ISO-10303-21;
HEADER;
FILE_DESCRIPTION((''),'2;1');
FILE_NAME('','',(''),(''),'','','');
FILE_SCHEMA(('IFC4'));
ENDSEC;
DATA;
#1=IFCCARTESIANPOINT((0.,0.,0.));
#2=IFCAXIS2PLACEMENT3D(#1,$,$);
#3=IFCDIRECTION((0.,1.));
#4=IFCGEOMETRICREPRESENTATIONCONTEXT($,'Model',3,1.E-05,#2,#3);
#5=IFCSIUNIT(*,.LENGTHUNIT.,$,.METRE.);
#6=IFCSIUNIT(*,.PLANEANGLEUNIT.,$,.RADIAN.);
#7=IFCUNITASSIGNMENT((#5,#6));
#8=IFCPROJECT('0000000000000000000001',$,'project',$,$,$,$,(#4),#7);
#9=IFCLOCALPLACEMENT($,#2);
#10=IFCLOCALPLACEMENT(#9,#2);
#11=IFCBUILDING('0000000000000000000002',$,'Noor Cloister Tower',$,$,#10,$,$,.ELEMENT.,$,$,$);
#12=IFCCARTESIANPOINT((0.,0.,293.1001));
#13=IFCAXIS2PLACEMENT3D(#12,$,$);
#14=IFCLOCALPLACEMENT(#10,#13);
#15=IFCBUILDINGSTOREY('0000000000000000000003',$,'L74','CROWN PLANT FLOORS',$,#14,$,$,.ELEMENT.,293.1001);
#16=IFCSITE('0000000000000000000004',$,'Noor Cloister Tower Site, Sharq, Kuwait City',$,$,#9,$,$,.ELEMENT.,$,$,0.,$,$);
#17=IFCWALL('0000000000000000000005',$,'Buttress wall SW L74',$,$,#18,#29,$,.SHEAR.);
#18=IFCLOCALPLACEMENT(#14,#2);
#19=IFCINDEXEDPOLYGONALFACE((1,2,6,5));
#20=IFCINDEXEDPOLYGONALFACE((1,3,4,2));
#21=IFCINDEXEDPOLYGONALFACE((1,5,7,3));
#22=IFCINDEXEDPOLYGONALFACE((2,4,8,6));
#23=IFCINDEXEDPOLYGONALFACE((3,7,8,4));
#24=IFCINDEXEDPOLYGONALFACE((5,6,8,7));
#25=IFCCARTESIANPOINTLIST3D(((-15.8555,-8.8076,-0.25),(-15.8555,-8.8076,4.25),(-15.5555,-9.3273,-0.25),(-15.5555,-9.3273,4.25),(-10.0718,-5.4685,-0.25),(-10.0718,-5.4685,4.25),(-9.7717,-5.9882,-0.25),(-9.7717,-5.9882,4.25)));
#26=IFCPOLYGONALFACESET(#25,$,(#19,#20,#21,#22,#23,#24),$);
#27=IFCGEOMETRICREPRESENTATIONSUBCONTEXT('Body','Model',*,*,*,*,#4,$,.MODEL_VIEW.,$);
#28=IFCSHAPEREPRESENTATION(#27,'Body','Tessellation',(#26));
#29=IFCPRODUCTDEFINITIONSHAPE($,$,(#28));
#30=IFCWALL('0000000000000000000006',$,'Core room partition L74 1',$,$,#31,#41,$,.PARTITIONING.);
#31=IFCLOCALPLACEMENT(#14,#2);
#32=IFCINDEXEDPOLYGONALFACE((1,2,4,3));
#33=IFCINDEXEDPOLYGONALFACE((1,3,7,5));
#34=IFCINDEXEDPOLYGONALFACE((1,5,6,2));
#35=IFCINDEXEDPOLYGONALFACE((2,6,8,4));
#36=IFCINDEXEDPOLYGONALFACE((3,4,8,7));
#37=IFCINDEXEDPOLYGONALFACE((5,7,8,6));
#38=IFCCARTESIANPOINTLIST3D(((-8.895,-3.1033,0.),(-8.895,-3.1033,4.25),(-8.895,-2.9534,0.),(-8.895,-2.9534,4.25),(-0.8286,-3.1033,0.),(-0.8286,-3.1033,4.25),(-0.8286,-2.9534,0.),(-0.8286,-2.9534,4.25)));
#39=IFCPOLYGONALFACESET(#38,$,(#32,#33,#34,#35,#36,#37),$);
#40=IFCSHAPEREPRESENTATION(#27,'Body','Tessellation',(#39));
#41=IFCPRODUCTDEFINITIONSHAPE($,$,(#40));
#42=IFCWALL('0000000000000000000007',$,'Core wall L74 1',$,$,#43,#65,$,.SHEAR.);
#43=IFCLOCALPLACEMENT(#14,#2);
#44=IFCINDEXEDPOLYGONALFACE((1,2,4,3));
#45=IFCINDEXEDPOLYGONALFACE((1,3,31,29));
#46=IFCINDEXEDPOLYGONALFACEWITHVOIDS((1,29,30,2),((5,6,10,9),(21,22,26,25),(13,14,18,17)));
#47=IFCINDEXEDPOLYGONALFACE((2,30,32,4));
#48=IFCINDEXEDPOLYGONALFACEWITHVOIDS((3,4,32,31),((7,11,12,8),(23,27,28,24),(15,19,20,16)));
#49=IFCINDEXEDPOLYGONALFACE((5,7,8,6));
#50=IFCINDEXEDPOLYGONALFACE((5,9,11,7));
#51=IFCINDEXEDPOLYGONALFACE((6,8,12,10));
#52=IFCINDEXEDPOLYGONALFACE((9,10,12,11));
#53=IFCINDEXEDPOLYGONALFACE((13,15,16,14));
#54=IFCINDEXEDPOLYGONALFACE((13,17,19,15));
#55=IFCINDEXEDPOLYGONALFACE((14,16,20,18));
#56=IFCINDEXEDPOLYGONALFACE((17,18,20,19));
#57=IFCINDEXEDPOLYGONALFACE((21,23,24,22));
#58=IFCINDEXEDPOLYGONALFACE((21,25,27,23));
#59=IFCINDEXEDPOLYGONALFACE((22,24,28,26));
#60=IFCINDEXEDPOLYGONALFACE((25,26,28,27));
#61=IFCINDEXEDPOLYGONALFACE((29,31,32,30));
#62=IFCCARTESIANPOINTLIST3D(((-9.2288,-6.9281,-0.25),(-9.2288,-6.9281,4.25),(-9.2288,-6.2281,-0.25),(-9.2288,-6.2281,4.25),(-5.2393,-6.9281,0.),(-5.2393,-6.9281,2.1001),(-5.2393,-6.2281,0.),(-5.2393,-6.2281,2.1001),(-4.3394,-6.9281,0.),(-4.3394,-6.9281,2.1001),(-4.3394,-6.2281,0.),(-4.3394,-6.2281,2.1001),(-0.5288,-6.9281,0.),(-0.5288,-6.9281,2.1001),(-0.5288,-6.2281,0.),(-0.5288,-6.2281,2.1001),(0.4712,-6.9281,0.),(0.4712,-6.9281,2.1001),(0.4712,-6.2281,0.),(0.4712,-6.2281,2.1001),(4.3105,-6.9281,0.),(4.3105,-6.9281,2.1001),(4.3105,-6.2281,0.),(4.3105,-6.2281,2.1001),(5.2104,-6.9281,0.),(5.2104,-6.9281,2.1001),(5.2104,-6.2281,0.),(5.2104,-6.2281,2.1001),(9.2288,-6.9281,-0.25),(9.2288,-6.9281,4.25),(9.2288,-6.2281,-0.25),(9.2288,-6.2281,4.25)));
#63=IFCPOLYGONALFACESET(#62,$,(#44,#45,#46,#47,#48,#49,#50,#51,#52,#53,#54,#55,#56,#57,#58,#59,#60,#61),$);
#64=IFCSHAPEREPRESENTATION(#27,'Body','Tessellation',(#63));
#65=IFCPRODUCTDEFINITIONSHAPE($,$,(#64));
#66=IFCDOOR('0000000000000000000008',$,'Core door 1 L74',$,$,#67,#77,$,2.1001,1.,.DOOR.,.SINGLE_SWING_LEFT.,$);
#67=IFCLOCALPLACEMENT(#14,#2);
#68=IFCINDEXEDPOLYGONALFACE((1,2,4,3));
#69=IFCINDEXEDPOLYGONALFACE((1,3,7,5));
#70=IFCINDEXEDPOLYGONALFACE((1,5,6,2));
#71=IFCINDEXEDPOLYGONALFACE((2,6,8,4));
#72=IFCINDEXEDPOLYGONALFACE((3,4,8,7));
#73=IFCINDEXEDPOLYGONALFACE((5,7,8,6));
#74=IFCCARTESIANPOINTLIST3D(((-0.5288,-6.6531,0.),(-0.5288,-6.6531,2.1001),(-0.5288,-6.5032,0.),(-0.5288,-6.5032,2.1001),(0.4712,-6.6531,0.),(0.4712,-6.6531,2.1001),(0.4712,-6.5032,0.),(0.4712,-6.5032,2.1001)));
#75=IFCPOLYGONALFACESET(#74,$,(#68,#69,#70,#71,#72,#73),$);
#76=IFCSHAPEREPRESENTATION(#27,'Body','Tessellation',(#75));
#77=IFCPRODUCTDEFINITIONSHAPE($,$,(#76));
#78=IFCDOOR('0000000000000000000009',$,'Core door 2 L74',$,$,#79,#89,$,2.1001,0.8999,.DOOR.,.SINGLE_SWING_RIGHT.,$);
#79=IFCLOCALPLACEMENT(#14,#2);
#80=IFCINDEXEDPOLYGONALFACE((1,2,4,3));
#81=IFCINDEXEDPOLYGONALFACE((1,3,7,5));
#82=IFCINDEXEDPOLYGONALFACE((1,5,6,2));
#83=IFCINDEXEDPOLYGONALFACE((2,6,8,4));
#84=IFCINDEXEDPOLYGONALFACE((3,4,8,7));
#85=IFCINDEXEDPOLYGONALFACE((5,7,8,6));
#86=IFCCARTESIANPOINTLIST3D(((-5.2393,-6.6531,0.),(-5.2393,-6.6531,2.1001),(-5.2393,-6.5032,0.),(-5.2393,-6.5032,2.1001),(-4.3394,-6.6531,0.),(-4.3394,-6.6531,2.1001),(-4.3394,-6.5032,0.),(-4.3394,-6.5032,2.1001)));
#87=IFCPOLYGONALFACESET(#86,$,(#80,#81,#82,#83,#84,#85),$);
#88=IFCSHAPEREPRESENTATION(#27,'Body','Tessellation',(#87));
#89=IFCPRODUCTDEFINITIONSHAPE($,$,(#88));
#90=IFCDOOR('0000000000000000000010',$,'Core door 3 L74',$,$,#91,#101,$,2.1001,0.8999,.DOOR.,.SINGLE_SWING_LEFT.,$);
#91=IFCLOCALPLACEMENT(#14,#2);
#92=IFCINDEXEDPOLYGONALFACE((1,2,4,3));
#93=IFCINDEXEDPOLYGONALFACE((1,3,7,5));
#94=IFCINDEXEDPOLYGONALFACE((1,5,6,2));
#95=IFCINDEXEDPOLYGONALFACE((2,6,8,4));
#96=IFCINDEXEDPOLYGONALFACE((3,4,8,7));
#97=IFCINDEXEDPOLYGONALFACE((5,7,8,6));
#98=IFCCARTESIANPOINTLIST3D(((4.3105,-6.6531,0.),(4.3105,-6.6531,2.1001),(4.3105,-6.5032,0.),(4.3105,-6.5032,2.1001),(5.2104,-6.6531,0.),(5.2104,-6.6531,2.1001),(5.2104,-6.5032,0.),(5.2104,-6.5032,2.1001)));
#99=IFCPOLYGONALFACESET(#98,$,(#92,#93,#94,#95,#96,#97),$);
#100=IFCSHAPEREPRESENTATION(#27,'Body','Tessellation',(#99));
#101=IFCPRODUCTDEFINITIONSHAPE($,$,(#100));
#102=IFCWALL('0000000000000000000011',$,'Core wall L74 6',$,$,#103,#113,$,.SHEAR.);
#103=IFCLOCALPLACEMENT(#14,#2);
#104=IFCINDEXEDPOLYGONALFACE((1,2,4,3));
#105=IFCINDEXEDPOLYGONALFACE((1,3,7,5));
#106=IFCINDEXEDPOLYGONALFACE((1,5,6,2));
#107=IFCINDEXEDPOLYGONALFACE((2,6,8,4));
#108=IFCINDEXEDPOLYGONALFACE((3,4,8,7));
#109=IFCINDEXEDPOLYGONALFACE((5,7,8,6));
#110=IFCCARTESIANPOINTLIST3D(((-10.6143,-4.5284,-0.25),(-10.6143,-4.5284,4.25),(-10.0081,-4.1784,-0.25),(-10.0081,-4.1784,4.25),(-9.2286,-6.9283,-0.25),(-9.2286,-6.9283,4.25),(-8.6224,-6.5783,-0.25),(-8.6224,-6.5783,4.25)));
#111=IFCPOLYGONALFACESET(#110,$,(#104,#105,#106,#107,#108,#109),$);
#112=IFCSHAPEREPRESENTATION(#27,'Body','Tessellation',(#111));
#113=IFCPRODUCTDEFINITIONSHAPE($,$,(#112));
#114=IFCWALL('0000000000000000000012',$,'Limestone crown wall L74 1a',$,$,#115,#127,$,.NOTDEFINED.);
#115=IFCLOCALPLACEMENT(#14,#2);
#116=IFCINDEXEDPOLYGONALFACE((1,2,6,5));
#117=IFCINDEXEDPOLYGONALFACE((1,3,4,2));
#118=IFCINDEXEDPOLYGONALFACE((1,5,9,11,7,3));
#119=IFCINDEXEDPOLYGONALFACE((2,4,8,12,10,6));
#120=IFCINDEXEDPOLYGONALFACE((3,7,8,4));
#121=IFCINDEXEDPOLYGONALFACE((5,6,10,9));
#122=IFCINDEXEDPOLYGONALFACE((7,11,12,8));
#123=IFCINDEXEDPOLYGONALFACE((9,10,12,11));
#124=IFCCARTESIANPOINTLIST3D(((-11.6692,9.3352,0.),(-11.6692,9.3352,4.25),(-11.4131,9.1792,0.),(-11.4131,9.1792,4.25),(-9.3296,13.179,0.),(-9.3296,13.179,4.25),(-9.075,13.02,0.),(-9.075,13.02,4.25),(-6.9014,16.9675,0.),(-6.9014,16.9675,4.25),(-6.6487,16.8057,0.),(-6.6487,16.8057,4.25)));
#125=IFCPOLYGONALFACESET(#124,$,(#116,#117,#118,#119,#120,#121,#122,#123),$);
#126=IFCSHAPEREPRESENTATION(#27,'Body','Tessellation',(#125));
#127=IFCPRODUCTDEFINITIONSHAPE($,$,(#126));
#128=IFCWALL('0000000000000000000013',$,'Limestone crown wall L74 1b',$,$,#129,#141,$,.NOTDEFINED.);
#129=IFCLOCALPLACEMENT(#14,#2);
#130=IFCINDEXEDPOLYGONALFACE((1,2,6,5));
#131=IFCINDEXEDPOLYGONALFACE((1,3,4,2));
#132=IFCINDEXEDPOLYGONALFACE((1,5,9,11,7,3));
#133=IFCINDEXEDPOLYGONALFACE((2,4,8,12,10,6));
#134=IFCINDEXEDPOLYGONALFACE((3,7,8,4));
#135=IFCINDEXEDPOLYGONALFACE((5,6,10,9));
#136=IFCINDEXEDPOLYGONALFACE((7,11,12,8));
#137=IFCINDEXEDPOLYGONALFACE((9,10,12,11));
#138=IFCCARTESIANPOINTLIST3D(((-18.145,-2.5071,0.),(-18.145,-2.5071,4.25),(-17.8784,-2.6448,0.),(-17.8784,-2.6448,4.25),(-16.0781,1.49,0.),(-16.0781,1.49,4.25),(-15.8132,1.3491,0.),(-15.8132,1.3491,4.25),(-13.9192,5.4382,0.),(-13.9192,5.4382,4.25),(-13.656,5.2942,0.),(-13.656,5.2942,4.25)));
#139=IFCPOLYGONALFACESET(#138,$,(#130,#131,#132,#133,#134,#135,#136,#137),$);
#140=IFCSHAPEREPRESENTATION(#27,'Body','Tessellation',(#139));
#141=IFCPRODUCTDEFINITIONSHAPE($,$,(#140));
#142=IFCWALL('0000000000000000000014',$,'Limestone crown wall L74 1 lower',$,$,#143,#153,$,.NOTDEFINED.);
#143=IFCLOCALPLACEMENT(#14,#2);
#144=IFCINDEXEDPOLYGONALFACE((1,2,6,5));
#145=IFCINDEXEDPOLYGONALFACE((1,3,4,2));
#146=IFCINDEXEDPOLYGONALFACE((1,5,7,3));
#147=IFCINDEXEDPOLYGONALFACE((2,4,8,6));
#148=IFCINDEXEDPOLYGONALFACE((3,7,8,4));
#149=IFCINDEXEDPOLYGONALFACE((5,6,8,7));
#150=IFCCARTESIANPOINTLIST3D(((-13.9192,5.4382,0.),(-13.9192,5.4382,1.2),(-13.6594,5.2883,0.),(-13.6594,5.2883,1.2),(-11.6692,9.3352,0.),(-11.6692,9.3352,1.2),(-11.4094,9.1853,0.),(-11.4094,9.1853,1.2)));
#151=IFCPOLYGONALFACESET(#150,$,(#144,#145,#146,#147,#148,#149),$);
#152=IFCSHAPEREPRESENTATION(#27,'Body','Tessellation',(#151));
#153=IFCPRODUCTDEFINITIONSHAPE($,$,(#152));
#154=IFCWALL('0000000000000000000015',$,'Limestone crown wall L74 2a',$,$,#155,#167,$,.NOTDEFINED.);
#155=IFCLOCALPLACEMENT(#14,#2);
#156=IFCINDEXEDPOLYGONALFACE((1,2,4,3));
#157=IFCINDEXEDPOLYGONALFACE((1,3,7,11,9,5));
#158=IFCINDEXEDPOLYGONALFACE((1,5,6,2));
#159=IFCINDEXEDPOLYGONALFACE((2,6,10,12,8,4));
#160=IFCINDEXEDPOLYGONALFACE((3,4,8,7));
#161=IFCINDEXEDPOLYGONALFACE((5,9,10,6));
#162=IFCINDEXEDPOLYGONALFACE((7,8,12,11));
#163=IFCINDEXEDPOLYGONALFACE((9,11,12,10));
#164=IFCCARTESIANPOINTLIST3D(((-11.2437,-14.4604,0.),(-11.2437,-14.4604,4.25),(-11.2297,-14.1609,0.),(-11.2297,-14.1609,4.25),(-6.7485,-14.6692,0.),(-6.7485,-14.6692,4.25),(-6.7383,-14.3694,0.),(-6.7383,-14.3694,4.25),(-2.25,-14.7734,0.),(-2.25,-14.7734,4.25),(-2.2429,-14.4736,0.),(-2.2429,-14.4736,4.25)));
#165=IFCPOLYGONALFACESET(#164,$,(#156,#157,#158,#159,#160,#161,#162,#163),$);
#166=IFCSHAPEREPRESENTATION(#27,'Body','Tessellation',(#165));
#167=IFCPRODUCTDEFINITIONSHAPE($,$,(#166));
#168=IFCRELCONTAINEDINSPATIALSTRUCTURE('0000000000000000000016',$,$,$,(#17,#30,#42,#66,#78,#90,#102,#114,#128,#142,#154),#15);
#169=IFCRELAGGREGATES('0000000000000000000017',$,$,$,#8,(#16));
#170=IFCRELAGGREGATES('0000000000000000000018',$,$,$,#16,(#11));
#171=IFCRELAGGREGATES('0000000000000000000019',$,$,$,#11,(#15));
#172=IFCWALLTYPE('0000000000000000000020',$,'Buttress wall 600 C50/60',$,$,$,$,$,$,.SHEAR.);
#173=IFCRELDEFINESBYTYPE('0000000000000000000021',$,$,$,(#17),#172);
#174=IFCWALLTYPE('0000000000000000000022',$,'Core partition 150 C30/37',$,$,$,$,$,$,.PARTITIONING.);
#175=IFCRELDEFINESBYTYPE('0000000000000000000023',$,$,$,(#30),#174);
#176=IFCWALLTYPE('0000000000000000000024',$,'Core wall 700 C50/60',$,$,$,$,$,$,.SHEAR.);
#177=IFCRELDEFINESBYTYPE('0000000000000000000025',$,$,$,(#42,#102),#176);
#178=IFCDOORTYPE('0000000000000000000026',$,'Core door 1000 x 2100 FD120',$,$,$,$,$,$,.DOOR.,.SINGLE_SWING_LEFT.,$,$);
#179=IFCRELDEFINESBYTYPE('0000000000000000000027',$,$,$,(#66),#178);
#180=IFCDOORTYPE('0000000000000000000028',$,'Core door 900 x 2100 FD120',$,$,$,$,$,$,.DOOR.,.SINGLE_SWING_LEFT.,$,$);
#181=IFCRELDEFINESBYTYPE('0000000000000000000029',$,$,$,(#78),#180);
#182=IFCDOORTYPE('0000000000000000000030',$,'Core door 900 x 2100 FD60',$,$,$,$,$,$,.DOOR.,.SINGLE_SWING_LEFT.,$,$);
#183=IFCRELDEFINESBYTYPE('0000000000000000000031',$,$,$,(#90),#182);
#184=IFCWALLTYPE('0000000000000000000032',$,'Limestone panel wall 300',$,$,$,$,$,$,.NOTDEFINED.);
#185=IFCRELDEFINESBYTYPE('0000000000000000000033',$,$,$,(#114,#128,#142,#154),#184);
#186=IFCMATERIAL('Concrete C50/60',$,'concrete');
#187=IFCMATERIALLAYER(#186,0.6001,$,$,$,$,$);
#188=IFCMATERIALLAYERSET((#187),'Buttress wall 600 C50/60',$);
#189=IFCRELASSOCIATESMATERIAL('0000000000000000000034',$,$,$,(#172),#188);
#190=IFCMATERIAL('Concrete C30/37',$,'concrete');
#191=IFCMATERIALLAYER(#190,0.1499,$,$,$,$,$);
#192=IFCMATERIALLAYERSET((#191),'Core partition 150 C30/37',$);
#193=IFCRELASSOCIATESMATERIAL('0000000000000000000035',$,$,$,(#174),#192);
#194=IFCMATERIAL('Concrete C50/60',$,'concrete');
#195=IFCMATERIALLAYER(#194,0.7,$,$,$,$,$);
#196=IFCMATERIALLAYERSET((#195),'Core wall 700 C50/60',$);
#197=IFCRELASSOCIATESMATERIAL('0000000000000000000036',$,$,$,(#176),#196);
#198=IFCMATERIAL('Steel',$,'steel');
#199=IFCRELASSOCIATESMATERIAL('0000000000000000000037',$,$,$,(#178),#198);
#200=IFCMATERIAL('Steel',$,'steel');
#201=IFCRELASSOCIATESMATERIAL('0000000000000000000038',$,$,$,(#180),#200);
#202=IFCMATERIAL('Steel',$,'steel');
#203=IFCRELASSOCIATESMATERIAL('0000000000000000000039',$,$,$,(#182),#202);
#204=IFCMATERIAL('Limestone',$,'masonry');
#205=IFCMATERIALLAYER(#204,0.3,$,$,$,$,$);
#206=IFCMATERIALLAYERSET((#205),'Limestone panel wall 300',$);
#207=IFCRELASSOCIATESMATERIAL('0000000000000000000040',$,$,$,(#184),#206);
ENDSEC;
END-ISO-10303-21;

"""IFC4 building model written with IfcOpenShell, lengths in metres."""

from ifc_helpers import new_model, si_unit, direction, frame, frame_2d, origin, place, context, subcontext, project, spatial, polyline, rectangle, outline, extrude, material, layer, layer_set, type_object, element, fill, save


model = new_model("IFC4")

# Units and contexts
model_context = context("Model", 3, precision=1e-05, world=origin(), true_north=direction((0.0, 1.0)))
body_context = subcontext(model_context, "Body", "Model", "MODEL_VIEW")
ifc_project = project(units=[si_unit("LENGTHUNIT", "METRE"), si_unit("PLANEANGLEUNIT", "RADIAN")], contexts=[model_context])

# Site, building, storey
site_placement = place(None, origin())
site = spatial("IfcSite", under=ifc_project, at=site_placement, Name="Noor Cloister Tower Site, Sharq, Kuwait City", CompositionType="ELEMENT", RefElevation=0.0)
building_placement = place(site_placement, origin())
building = spatial("IfcBuilding", under=site, at=building_placement, Name="Noor Cloister Tower", CompositionType="ELEMENT")
storey_placement = place(building_placement, frame((0.0, 0.0, 293.1001)))
storey = spatial("IfcBuildingStorey", under=building, at=storey_placement, Name="L74", Description="CROWN PLANT FLOORS", CompositionType="ELEMENT", Elevation=293.1001)

# Walls
ifc_material_1 = material(Name="Concrete C50/60", Category="concrete")
ifc_layer_1 = layer(ifc_material_1, 0.6001)
ifc_layer_set_1 = layer_set([ifc_layer_1], Name="Buttress wall 600 C50/60")
wall_type_1 = type_object("IfcWallType", Name="Buttress wall 600 C50/60", PredefinedType="SHEAR", material=ifc_layer_set_1)
wall_1_placement = place(storey_placement, frame((-9.9216, -5.7283, -0.25), z_axis=(0.0, 0.0, 1.0), x_axis=(-0.866032, -0.499988, 0.0)))
element("IfcWall", 1, at=wall_1_placement, inside=storey, type_object=wall_type_1, Name="Buttress wall SW L74", PredefinedType="SHEAR", context=body_context, shape_type="SweptSolid", body=[
    extrude(rectangle(XDim=6.6785, YDim=0.6001, at=frame_2d((3.3394, 0.0))), origin(), (0.0, 0.0, 1.0), 4.5),
])
ifc_material_2 = material(Name="Concrete C30/37", Category="concrete")
ifc_layer_2 = layer(ifc_material_2, 0.1499)
ifc_layer_set_2 = layer_set([ifc_layer_2], Name="Core partition 150 C30/37")
wall_type_2 = type_object("IfcWallType", Name="Core partition 150 C30/37", PredefinedType="PARTITIONING", material=ifc_layer_set_2)
wall_2_placement = place(storey_placement, frame((-8.895, -3.0283, 0.0), z_axis=(0.0, 0.0, 1.0), x_axis=(1.0, 0.0, 0.0)))
element("IfcWall", 2, at=wall_2_placement, inside=storey, type_object=wall_type_2, Name="Core room partition L74 1", PredefinedType="PARTITIONING", context=body_context, shape_type="SweptSolid", body=[
    extrude(rectangle(XDim=8.0664, YDim=0.1499, at=frame_2d((4.0332, 0.0))), origin(), (0.0, 0.0, 1.0), 4.25),
])

# Wall, openings, doors
ifc_material_3 = material(Name="Concrete C50/60", Category="concrete")
ifc_layer_3 = layer(ifc_material_3, 0.7)
ifc_layer_set_3 = layer_set([ifc_layer_3], Name="Core wall 700 C50/60")
wall_type_3 = type_object("IfcWallType", Name="Core wall 700 C50/60", PredefinedType="SHEAR", material=ifc_layer_set_3)
wall_3_placement = place(storey_placement, frame((-9.2288, -6.5781, -0.25), z_axis=(0.0, 0.0, 1.0), x_axis=(1.0, 0.0, 0.0)))
wall_3 = element("IfcWall", 3, at=wall_3_placement, inside=storey, type_object=wall_type_3, Name="Core wall L74 1", PredefinedType="SHEAR", context=body_context, shape_type="SweptSolid", body=[
    extrude(rectangle(XDim=18.4575, YDim=0.7, at=frame_2d((9.2288, 0.0))), origin(), (0.0, 0.0, 1.0), 4.5),
])
opening_1_placement = place(wall_3_placement, frame((8.7, 0.0, 0.25)))
opening_1 = element("IfcOpeningElement", 4, at=opening_1_placement, cuts=wall_3, PredefinedType="OPENING", context=body_context, shape_type="SweptSolid", body=[
    extrude(rectangle(XDim=1.0, YDim=2.1001, at=frame_2d((0.5, 1.05))), frame((0.0, 0.3599, 0.0), z_axis=(0.0, -1.0, 0.0), x_axis=(1.0, 0.0, 0.0)), (0.0, 0.0, 1.0), 0.72),
])
opening_2_placement = place(wall_3_placement, frame((3.9895, 0.0, 0.25)))
opening_2 = element("IfcOpeningElement", 5, at=opening_2_placement, cuts=wall_3, PredefinedType="OPENING", context=body_context, shape_type="SweptSolid", body=[
    extrude(rectangle(XDim=0.8999, YDim=2.1001, at=frame_2d((0.45, 1.05))), frame((0.0, 0.3599, 0.0), z_axis=(0.0, -1.0, 0.0), x_axis=(1.0, 0.0, 0.0)), (0.0, 0.0, 1.0), 0.72),
])
opening_3_placement = place(wall_3_placement, frame((13.5393, 0.0, 0.25)))
opening_3 = element("IfcOpeningElement", 6, at=opening_3_placement, cuts=wall_3, PredefinedType="OPENING", context=body_context, shape_type="SweptSolid", body=[
    extrude(rectangle(XDim=0.8999, YDim=2.1001, at=frame_2d((0.45, 1.05))), frame((0.0, 0.3599, 0.0), z_axis=(0.0, -1.0, 0.0), x_axis=(1.0, 0.0, 0.0)), (0.0, 0.0, 1.0), 0.72),
])
ifc_material_4 = material(Name="Steel", Category="steel")
door_type_1 = type_object("IfcDoorType", Name="Core door 1000 x 2100 FD120", OperationType="SINGLE_SWING_LEFT", PredefinedType="DOOR", material=ifc_material_4)
door_1_placement = place(opening_1_placement, origin())
door_1 = element("IfcDoor", 7, at=door_1_placement, inside=storey, type_object=door_type_1, Name="Core door 1 L74", OperationType="SINGLE_SWING_LEFT", OverallHeight=2.1001, OverallWidth=1.0, PredefinedType="DOOR", context=body_context, shape_type="SweptSolid", body=[
    extrude(rectangle(XDim=1.0, YDim=2.1001, at=frame_2d((0.5, 1.05))), frame((0.0, 0.075, 0.0), z_axis=(0.0, -1.0, 0.0), x_axis=(1.0, 0.0, 0.0)), (0.0, 0.0, 1.0), 0.1499),
])
fill(opening_1, door_1)
ifc_material_5 = material(Name="Steel", Category="steel")
door_type_2 = type_object("IfcDoorType", Name="Core door 900 x 2100 FD120", OperationType="SINGLE_SWING_LEFT", PredefinedType="DOOR", material=ifc_material_5)
door_2_placement = place(opening_2_placement, origin())
door_2 = element("IfcDoor", 8, at=door_2_placement, inside=storey, type_object=door_type_2, Name="Core door 2 L74", OperationType="SINGLE_SWING_RIGHT", OverallHeight=2.1001, OverallWidth=0.8999, PredefinedType="DOOR", context=body_context, shape_type="SweptSolid", body=[
    extrude(rectangle(XDim=0.8999, YDim=2.1001, at=frame_2d((0.45, 1.05))), frame((0.0, 0.075, 0.0), z_axis=(0.0, -1.0, 0.0), x_axis=(1.0, 0.0, 0.0)), (0.0, 0.0, 1.0), 0.1499),
])
fill(opening_2, door_2)
ifc_material_6 = material(Name="Steel", Category="steel")
door_type_3 = type_object("IfcDoorType", Name="Core door 900 x 2100 FD60", OperationType="SINGLE_SWING_LEFT", PredefinedType="DOOR", material=ifc_material_6)
door_3_placement = place(opening_3_placement, origin())
door_3 = element("IfcDoor", 9, at=door_3_placement, inside=storey, type_object=door_type_3, Name="Core door 3 L74", OperationType="SINGLE_SWING_LEFT", OverallHeight=2.1001, OverallWidth=0.8999, PredefinedType="DOOR", context=body_context, shape_type="SweptSolid", body=[
    extrude(rectangle(XDim=0.8999, YDim=2.1001, at=frame_2d((0.45, 1.05))), frame((0.0, 0.075, 0.0), z_axis=(0.0, -1.0, 0.0), x_axis=(1.0, 0.0, 0.0)), (0.0, 0.0, 1.0), 0.1499),
])
fill(opening_3, door_3)

# Walls
wall_4_placement = place(storey_placement, frame((-10.3113, -4.3533, -0.25), z_axis=(0.0, 0.0, 1.0), x_axis=(0.500043, -0.866001, 0.0)))
element("IfcWall", 10, at=wall_4_placement, inside=storey, type_object=wall_type_3, Name="Core wall L74 6", PredefinedType="SHEAR", context=body_context, shape_type="SweptSolid", body=[
    extrude(rectangle(XDim=2.7712, YDim=0.7, at=frame_2d((1.3857, 0.0))), origin(), (0.0, 0.0, 1.0), 4.5),
])
ifc_material_7 = material(Name="Limestone", Category="masonry")
ifc_layer_4 = layer(ifc_material_7, 0.3)
ifc_layer_set_4 = layer_set([ifc_layer_4], Name="Limestone panel wall 300")
wall_type_4 = type_object("IfcWallType", Name="Limestone panel wall 300", PredefinedType="NOTDEFINED", material=ifc_layer_set_4)
wall_5_placement = place(storey_placement, origin())
element("IfcWall", 11, at=wall_5_placement, inside=storey, type_object=wall_type_4, Name="Limestone crown wall L74 1a", PredefinedType="NOTDEFINED", context=body_context, shape_type="SweptSolid", body=[
    extrude(outline(polyline([(-6.9014, 16.9675), (-9.3296, 13.179), (-11.6692, 9.3352), (-11.4131, 9.1792), (-9.075, 13.02), (-6.6487, 16.8057), (-6.9014, 16.9675)])), origin(), (0.0, 0.0, 1.0), 4.25),
])
wall_6_placement = place(storey_placement, origin())
element("IfcWall", 12, at=wall_6_placement, inside=storey, type_object=wall_type_4, Name="Limestone crown wall L74 1b", PredefinedType="NOTDEFINED", context=body_context, shape_type="SweptSolid", body=[
    extrude(outline(polyline([(-13.9192, 5.4382), (-16.0781, 1.49), (-18.145, -2.5071), (-17.8784, -2.6448), (-15.8132, 1.3491), (-13.656, 5.2942), (-13.9192, 5.4382)])), origin(), (0.0, 0.0, 1.0), 4.25),
])
wall_7_placement = place(storey_placement, origin())
element("IfcWall", 13, at=wall_7_placement, inside=storey, type_object=wall_type_4, Name="Limestone crown wall L74 1 lower", PredefinedType="NOTDEFINED", context=body_context, shape_type="SweptSolid", body=[
    extrude(outline(polyline([(-11.6692, 9.3352), (-13.9192, 5.4382), (-13.6594, 5.2883), (-11.4094, 9.1853), (-11.6692, 9.3352)])), origin(), (0.0, 0.0, 1.0), 1.2),
])
wall_8_placement = place(storey_placement, origin())
element("IfcWall", 14, at=wall_8_placement, inside=storey, type_object=wall_type_4, Name="Limestone crown wall L74 2a", PredefinedType="NOTDEFINED", context=body_context, shape_type="SweptSolid", body=[
    extrude(outline(polyline([(-11.2437, -14.4604), (-6.7485, -14.6692), (-2.25, -14.7734), (-2.2429, -14.4736), (-6.7383, -14.3694), (-11.2297, -14.1609), (-11.2437, -14.4604)])), origin(), (0.0, 0.0, 1.0), 4.25),
])

save(model, "model.ifc")
